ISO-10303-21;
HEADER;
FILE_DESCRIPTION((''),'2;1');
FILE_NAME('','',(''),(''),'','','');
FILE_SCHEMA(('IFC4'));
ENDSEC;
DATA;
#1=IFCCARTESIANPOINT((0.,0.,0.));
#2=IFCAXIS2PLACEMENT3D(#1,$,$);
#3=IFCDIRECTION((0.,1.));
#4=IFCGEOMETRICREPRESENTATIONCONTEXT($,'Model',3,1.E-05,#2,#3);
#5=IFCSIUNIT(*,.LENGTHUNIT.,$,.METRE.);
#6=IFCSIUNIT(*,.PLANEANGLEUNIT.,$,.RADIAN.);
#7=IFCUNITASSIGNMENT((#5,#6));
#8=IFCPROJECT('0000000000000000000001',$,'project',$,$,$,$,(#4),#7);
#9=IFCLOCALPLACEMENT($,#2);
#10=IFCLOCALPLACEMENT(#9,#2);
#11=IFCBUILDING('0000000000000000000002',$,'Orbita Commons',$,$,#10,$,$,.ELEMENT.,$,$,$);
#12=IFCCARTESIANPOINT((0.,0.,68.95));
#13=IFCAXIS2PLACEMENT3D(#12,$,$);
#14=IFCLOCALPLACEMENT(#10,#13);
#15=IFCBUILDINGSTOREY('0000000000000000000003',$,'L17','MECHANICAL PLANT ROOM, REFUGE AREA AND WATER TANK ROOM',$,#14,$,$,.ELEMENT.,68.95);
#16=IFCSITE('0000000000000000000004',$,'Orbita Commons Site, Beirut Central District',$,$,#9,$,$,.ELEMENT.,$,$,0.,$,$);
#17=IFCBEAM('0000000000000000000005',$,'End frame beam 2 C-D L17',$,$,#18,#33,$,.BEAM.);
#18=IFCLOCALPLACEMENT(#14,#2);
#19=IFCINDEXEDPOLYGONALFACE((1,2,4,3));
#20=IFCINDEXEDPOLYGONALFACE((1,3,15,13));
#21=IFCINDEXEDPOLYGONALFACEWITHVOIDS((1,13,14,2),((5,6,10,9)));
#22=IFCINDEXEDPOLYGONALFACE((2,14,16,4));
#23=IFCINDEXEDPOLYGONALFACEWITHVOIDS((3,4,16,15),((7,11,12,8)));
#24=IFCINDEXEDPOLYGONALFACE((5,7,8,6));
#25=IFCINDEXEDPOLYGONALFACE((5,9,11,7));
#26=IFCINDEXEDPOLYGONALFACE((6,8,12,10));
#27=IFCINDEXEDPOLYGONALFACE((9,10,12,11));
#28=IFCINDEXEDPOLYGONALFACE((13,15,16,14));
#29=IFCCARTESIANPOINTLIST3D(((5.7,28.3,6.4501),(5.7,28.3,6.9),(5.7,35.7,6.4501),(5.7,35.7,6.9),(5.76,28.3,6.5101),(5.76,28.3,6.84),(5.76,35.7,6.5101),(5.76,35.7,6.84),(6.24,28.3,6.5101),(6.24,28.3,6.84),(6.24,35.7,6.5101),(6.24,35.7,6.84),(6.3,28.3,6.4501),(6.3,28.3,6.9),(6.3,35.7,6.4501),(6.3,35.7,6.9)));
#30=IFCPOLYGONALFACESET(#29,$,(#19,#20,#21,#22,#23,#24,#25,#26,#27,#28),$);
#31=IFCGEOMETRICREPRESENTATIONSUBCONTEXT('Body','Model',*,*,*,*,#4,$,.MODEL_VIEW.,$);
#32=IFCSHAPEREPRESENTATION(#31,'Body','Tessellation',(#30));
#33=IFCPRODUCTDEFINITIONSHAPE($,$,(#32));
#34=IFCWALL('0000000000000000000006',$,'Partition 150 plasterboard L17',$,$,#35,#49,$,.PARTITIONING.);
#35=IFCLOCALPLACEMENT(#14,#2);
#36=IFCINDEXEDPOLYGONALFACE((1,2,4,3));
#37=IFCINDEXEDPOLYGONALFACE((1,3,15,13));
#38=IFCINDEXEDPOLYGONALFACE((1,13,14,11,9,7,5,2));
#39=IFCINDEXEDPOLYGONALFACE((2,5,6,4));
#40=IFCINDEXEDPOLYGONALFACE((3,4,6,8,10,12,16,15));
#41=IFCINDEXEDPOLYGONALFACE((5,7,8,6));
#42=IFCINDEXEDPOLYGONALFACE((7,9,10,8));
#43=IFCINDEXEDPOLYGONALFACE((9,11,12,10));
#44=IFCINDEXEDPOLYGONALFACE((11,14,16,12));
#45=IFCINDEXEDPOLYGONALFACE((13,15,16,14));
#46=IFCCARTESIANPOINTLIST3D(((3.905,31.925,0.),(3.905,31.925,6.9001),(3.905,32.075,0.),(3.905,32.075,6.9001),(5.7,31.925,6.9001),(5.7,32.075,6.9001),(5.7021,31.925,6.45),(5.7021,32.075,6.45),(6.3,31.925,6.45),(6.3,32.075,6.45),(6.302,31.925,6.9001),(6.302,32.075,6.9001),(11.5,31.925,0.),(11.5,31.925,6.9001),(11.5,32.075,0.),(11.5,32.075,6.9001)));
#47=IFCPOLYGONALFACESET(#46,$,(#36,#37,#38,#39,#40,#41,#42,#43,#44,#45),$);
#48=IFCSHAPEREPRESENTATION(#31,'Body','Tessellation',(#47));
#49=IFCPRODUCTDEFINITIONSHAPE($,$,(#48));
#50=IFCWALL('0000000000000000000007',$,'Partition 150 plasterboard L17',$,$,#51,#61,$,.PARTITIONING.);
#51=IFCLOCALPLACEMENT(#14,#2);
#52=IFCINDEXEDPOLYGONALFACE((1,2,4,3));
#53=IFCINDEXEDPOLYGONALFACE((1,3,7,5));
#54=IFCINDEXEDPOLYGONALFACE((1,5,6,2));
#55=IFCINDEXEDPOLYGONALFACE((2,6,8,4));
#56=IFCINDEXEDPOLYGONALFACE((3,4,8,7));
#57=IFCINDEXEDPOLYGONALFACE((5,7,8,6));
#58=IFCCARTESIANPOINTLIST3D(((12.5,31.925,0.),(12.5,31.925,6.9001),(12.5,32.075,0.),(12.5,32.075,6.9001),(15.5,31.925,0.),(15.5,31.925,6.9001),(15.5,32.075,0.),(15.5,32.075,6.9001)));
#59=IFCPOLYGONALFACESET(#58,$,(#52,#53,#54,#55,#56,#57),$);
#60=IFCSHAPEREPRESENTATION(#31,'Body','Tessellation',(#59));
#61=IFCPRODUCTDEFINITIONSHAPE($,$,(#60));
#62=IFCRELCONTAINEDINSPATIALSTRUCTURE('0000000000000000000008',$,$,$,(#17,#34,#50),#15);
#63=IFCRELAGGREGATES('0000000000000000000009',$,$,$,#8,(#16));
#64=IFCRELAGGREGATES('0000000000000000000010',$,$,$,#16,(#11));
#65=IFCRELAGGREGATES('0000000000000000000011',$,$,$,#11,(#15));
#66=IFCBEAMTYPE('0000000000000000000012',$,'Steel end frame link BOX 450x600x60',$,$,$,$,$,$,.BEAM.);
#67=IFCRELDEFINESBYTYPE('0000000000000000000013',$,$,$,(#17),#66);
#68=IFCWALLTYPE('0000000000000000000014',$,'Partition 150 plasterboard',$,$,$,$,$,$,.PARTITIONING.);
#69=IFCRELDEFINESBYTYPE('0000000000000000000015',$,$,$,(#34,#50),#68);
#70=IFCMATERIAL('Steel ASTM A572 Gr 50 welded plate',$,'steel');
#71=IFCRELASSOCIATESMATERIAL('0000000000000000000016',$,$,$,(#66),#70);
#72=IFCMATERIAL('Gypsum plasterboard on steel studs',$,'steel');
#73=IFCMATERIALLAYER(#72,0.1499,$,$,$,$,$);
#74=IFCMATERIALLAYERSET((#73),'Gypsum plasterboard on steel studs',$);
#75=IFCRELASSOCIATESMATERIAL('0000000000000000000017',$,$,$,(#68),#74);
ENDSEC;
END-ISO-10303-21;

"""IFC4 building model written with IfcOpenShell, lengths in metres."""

from ifc_helpers import new_model, si_unit, direction, frame, frame_2d, origin, origin_2d, place, context, subcontext, project, spatial, polyline, rectangle, hollow_rectangle, outline, extrude, material, layer, layer_set, material_profile, profile_set, type_object, element, save


model = new_model("IFC4")

# Units and contexts
model_context = context("Model", 3, precision=1e-05, world=origin(), true_north=direction((0.0, 1.0)))
body_context = subcontext(model_context, "Body", "Model", "MODEL_VIEW")
ifc_project = project(units=[si_unit("LENGTHUNIT", "METRE"), si_unit("PLANEANGLEUNIT", "RADIAN")], contexts=[model_context])

# Site, building, storey
site_placement = place(None, origin())
site = spatial("IfcSite", under=ifc_project, at=site_placement, Name="Orbita Commons Site, Beirut Central District", CompositionType="ELEMENT", RefElevation=0.0)
building_placement = place(site_placement, origin())
building = spatial("IfcBuilding", under=site, at=building_placement, Name="Orbita Commons", CompositionType="ELEMENT")
storey_placement = place(building_placement, frame((0.0, 0.0, 68.95)))
storey = spatial("IfcBuildingStorey", under=building, at=storey_placement, Name="L17", Description="MECHANICAL PLANT ROOM, REFUGE AREA AND WATER TANK ROOM", CompositionType="ELEMENT", Elevation=68.95)

# Beam
ifc_material_1 = material(Name="Steel ASTM A572 Gr 50 welded plate", Category="steel")
ifc_material_profile = material_profile(ifc_material_1, hollow_rectangle(XDim=0.6001, YDim=0.45, WallThickness=0.0601, at=origin_2d()), Name="BOX 450x600x60")
ifc_profile_set = profile_set([ifc_material_profile], Name="Steel ASTM A572 Gr 50 welded plate")
beam_type = type_object("IfcBeamType", Name="Steel end frame link BOX 450x600x60", PredefinedType="BEAM", material=ifc_profile_set)
beam_placement = place(storey_placement, frame((6.0, 28.3, 6.675), z_axis=(0.0, 1.0, 0.0), x_axis=(-1.0, 0.0, 0.0)))
element("IfcBeam", 1, at=beam_placement, inside=storey, type_object=beam_type, Name="End frame beam 2 C-D L17", PredefinedType="BEAM", context=body_context, shape_type="SweptSolid", body=[
    extrude(hollow_rectangle(XDim=0.6001, YDim=0.45, WallThickness=0.0601, at=origin_2d()), origin(), (0.0, 0.0, 1.0), 7.3999),
])

# Walls
ifc_material_2 = material(Name="Gypsum plasterboard on steel studs", Category="steel")
ifc_layer = layer(ifc_material_2, 0.1499)
ifc_layer_set = layer_set([ifc_layer], Name="Gypsum plasterboard on steel studs")
wall_type = type_object("IfcWallType", Name="Partition 150 plasterboard", PredefinedType="PARTITIONING", material=ifc_layer_set)
wall_1_placement = place(storey_placement, frame((3.905, 32.0, 0.0), z_axis=(0.0, 0.0, 1.0), x_axis=(1.0, 0.0, 0.0)))
element("IfcWall", 2, at=wall_1_placement, inside=storey, type_object=wall_type, Name="Partition 150 plasterboard L17", PredefinedType="PARTITIONING", context=body_context, shape_type="SweptSolid", body=[
    extrude(outline(polyline([(0.0, 0.0), (7.595, 0.0), (7.595, 6.9001), (2.397, 6.9001), (2.395, 6.45), (1.7971, 6.45), (1.7949, 6.9001), (0.0, 6.9001), (0.0, 0.0)])), frame((0.0, 0.075, 0.0), z_axis=(0.0, -1.0, 0.0), x_axis=(1.0, 0.0, 0.0)), (0.0, 0.0, 1.0), 0.1499),
])
wall_2_placement = place(storey_placement, frame((12.5, 32.0, 0.0), z_axis=(0.0, 0.0, 1.0), x_axis=(1.0, 0.0, 0.0)))
element("IfcWall", 3, at=wall_2_placement, inside=storey, type_object=wall_type, Name="Partition 150 plasterboard L17", PredefinedType="PARTITIONING", context=body_context, shape_type="SweptSolid", body=[
    extrude(rectangle(XDim=3.0, YDim=0.1499, at=frame_2d((1.5, 0.0))), origin(), (0.0, 0.0, 1.0), 6.9001),
])

save(model, "model.ifc")
